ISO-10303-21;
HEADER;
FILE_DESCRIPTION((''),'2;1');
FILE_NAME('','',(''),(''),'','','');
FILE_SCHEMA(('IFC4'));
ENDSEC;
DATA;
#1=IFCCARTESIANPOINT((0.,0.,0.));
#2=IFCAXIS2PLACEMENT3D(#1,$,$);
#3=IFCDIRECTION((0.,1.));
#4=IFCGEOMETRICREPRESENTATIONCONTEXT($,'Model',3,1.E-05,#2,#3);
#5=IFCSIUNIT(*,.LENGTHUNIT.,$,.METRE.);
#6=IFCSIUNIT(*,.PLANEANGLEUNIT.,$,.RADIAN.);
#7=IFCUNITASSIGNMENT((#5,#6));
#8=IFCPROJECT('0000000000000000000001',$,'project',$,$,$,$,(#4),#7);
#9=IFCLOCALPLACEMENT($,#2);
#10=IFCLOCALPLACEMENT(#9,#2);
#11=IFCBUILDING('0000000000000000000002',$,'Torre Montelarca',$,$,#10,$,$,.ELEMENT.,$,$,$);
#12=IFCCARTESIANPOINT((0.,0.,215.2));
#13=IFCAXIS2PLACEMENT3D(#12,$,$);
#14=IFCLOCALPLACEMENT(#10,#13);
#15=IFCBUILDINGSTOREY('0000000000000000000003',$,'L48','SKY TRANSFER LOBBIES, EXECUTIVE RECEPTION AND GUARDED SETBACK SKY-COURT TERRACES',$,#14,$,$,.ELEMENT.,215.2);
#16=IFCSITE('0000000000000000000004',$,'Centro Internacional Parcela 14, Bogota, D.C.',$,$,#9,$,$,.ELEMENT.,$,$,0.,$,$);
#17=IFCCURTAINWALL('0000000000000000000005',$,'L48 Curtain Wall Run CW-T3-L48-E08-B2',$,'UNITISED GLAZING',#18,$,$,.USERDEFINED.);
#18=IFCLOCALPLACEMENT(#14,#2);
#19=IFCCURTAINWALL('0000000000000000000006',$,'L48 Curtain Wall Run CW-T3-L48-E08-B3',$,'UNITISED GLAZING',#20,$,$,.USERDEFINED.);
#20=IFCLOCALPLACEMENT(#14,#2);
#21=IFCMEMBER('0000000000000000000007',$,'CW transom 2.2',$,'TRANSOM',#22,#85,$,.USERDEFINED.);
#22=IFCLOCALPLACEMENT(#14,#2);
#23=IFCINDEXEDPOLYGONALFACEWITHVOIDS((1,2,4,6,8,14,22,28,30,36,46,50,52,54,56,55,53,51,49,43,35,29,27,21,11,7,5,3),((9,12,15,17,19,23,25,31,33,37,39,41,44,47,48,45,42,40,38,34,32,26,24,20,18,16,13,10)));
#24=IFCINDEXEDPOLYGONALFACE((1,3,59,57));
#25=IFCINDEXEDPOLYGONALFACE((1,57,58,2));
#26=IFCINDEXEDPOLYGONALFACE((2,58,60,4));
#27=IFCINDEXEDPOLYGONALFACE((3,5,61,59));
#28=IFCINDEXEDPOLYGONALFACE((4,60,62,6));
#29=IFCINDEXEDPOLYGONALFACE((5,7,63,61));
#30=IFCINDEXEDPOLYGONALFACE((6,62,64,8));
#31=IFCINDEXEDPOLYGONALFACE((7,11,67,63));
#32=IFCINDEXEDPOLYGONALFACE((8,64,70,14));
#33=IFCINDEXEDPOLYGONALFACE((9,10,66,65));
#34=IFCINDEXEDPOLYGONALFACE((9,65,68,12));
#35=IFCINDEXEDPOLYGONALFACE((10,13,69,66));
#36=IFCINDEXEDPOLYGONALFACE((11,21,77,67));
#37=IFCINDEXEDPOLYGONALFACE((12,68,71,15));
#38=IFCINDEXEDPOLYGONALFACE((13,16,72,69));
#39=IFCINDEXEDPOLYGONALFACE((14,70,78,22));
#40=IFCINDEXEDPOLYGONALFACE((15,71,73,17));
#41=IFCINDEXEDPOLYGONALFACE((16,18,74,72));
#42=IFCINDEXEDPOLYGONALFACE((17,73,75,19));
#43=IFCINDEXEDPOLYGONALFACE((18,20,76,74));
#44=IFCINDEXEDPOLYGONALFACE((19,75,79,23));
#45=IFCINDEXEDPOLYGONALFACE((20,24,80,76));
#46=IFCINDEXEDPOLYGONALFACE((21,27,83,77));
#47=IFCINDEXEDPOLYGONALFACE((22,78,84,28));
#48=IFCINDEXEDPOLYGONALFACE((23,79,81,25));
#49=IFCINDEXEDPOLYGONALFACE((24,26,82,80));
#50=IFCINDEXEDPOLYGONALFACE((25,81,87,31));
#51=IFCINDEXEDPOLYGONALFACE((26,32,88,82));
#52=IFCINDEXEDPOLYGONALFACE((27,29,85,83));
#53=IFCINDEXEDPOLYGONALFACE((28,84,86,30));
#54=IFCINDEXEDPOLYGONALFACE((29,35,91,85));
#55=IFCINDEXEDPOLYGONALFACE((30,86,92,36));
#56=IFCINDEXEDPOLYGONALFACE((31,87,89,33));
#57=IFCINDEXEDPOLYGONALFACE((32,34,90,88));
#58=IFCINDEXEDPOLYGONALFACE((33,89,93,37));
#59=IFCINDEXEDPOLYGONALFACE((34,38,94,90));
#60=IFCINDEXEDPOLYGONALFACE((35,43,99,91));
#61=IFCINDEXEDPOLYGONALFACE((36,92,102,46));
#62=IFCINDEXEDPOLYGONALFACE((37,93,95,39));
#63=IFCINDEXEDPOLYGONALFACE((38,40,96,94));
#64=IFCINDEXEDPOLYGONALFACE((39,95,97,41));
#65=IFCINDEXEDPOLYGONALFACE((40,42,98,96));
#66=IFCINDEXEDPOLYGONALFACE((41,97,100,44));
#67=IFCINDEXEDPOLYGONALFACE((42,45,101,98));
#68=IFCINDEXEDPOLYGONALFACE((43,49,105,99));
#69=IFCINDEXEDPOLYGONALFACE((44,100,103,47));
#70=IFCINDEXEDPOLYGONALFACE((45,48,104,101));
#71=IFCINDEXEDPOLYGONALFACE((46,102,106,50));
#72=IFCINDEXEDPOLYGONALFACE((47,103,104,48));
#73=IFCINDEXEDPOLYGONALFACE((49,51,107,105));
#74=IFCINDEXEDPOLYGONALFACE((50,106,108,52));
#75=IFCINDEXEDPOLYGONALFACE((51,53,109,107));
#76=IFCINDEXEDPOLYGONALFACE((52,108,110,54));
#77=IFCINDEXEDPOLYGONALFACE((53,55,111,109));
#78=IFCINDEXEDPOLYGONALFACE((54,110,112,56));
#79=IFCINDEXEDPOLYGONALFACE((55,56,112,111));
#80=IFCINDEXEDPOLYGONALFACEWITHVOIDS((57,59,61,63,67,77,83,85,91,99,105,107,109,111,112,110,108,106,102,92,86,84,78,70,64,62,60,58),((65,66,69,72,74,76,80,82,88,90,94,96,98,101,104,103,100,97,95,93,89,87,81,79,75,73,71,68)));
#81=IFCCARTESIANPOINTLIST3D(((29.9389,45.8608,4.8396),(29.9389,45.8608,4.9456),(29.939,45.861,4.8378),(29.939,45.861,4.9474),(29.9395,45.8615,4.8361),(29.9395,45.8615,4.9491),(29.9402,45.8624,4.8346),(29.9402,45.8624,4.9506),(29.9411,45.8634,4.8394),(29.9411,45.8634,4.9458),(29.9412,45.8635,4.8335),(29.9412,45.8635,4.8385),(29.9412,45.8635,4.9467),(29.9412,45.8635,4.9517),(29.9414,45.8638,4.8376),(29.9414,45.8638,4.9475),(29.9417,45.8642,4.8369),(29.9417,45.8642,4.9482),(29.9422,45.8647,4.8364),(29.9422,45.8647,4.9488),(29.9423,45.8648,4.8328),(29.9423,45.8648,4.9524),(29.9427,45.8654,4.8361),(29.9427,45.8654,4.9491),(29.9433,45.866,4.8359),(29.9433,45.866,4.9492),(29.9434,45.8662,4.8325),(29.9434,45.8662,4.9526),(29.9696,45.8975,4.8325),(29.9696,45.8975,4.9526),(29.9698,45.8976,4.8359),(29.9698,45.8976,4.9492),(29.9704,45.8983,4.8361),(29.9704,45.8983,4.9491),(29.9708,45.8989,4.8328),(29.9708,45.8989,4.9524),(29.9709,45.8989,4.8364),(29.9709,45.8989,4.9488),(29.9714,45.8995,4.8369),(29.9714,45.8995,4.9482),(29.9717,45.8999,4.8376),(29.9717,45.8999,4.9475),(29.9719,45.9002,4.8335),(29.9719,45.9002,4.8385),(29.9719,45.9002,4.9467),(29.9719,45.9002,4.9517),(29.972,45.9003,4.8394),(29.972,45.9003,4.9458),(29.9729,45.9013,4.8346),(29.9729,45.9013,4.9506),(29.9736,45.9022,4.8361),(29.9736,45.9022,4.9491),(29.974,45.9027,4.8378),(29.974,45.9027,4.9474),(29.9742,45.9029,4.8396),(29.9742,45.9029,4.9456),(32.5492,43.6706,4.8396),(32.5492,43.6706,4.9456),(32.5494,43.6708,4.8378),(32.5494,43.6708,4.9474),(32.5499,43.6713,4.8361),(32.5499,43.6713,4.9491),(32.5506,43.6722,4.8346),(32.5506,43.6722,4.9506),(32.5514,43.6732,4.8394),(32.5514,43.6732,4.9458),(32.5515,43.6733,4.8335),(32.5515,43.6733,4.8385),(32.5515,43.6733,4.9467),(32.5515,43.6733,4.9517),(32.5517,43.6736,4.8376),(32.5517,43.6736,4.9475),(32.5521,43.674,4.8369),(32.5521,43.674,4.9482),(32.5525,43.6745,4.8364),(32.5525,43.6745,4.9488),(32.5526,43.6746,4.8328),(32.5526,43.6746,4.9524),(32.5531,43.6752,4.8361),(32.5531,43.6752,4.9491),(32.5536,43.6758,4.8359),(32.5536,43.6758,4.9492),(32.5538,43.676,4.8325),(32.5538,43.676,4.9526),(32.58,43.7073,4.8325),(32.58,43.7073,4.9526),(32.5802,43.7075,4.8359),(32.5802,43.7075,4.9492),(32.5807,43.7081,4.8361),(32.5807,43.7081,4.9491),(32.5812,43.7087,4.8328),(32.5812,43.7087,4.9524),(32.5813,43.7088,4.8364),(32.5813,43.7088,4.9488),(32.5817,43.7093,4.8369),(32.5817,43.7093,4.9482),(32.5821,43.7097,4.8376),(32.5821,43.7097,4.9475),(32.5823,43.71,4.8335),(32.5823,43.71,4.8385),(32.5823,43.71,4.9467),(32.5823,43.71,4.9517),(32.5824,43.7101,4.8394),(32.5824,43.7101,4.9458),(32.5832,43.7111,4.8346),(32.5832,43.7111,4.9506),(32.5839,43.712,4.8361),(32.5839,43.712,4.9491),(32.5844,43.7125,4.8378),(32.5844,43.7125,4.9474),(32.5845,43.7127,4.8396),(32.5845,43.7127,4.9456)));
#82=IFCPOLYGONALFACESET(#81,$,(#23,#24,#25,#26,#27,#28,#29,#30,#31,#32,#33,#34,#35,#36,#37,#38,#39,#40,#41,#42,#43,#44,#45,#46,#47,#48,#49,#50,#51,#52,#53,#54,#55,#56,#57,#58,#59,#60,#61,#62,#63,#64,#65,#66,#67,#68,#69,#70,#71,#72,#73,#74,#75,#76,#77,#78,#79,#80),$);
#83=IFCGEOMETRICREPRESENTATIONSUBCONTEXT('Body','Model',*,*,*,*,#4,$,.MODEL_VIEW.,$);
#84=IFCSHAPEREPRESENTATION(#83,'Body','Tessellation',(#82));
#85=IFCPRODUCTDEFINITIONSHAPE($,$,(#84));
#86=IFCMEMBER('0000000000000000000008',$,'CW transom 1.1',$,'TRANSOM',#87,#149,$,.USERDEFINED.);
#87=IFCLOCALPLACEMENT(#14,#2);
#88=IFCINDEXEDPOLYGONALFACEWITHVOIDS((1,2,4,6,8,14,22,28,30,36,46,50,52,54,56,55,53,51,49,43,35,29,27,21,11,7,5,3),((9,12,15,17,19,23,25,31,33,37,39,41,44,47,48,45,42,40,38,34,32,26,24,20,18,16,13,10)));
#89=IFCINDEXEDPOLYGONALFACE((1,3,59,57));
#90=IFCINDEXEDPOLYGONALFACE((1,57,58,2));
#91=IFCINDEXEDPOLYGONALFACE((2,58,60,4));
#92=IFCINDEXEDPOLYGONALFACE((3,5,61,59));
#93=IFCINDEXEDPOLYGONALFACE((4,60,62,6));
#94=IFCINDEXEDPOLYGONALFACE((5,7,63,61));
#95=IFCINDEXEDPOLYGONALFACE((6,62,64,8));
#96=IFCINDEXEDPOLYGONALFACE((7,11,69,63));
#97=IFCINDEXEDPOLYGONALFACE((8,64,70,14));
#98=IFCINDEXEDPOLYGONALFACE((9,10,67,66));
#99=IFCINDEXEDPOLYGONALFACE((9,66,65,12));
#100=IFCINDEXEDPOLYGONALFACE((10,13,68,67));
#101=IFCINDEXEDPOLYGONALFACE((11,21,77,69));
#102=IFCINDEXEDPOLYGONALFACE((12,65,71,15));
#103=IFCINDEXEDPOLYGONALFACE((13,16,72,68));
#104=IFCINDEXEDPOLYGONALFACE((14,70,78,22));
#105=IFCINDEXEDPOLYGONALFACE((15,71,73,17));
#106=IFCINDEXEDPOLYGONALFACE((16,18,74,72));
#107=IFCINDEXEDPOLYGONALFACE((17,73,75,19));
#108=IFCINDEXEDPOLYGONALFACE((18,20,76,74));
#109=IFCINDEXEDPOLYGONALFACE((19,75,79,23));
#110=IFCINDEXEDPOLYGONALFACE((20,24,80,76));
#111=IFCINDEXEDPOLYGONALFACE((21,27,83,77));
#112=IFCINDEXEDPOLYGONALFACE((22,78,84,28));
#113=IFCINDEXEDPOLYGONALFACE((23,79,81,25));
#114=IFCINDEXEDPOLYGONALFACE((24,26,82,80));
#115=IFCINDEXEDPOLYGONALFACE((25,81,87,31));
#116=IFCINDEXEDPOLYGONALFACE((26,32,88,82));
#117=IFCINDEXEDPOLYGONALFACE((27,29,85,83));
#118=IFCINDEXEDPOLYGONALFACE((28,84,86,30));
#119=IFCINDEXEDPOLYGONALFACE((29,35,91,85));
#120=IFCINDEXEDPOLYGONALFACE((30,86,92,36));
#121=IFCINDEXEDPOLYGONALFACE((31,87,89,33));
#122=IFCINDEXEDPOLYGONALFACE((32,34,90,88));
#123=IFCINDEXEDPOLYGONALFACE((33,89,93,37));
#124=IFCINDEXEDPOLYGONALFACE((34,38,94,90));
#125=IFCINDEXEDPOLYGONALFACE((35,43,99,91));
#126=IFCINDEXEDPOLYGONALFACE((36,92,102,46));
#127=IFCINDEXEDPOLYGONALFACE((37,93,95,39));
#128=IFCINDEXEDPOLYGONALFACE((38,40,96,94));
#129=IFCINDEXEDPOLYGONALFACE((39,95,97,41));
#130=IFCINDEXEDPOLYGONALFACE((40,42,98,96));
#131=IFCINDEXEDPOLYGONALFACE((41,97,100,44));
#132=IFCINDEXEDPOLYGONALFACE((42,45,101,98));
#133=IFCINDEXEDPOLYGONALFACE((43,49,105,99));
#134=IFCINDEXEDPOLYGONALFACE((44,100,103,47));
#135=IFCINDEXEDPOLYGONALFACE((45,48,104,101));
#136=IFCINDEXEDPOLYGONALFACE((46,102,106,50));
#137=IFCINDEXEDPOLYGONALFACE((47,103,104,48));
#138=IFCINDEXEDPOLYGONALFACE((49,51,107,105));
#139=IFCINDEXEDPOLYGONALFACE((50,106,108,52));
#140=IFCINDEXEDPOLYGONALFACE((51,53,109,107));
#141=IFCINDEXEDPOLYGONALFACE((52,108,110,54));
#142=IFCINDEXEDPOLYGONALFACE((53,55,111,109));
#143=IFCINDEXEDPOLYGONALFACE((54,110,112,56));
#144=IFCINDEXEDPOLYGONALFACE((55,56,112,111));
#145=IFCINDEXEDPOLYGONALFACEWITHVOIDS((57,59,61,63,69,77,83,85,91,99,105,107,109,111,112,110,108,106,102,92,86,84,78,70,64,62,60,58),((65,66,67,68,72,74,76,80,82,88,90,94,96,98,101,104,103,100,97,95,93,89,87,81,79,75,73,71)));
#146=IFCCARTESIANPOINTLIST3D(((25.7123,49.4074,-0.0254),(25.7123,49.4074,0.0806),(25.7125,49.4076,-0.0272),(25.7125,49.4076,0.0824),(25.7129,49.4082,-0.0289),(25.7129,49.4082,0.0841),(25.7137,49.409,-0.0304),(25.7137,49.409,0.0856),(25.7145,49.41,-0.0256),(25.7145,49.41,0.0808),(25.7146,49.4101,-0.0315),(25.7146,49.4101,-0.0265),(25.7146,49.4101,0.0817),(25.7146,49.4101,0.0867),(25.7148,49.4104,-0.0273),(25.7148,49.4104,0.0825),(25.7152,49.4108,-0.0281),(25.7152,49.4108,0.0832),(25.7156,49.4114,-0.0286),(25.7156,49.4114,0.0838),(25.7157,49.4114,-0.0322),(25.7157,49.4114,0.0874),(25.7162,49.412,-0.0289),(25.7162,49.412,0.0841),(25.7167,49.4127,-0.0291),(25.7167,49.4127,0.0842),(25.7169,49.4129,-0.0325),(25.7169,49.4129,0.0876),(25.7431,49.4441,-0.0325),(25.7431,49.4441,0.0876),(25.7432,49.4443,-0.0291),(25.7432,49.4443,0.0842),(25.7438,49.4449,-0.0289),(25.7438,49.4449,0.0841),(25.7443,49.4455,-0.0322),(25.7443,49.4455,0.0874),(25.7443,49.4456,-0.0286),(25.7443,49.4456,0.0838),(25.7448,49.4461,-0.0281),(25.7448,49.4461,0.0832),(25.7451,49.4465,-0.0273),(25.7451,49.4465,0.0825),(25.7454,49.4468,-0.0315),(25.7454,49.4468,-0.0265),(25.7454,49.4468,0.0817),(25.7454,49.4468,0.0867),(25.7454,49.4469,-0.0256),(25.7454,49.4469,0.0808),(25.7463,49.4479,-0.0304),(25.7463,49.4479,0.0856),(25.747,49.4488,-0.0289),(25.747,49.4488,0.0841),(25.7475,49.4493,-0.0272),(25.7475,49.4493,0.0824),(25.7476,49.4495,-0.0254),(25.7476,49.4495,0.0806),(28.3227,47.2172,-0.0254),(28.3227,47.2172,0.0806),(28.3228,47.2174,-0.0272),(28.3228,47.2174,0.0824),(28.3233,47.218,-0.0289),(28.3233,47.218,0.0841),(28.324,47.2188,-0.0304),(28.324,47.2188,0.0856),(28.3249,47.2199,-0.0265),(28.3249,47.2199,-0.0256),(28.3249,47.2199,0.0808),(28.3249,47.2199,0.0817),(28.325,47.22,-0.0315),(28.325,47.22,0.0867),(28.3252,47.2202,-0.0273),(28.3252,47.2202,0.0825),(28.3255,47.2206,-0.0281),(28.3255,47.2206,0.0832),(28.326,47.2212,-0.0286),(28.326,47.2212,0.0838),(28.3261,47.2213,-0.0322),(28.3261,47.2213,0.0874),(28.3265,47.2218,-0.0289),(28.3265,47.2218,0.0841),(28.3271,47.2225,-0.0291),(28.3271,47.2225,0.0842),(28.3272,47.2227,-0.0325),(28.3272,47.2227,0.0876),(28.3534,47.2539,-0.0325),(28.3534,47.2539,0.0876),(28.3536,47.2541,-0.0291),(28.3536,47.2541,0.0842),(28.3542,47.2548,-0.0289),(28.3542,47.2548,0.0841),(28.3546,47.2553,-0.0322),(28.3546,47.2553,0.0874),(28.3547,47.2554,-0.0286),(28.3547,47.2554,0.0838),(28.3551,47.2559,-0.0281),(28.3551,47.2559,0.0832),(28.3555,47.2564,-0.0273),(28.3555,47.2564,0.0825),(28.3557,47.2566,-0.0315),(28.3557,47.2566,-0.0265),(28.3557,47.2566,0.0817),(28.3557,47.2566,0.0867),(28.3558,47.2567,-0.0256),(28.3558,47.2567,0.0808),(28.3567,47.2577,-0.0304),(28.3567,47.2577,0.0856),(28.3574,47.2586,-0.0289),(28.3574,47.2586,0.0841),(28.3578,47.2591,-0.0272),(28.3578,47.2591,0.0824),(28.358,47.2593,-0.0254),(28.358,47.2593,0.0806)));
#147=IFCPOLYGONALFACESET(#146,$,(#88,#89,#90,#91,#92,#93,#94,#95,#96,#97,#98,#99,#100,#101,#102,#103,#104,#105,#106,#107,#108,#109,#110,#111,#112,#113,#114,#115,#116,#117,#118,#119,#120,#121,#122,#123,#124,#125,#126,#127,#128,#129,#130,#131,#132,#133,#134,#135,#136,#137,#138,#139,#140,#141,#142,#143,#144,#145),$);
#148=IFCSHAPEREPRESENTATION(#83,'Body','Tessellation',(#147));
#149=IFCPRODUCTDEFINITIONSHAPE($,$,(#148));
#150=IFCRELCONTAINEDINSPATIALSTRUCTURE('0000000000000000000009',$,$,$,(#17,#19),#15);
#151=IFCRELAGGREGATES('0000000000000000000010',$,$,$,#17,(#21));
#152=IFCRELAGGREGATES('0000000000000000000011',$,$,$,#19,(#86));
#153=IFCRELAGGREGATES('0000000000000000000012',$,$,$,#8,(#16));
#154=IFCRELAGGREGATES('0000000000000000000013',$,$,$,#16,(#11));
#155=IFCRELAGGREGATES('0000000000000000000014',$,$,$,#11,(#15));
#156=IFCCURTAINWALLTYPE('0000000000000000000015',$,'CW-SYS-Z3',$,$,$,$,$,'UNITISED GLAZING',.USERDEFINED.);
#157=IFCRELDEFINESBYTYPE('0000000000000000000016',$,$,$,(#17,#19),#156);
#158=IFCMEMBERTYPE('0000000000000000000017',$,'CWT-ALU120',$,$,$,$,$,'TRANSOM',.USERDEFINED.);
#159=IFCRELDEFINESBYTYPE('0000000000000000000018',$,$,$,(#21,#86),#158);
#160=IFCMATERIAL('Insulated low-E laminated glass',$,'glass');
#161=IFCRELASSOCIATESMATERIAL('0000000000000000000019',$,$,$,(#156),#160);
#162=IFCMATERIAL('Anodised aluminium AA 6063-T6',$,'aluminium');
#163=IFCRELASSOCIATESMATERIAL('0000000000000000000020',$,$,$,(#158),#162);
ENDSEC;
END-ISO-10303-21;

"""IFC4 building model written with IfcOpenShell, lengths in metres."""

from ifc_helpers import new_model, si_unit, direction, frame, origin, origin_2d, place, context, subcontext, project, spatial, hollow_rectangle, extrude, source, transform, mapped, material, material_profile, profile_set, type_object, element, aggregate, save


model = new_model("IFC4")

# Units and contexts
model_context = context("Model", 3, precision=1e-05, world=origin(), true_north=direction((0.0, 1.0)))
body_context = subcontext(model_context, "Body", "Model", "MODEL_VIEW")
ifc_project = project(units=[si_unit("LENGTHUNIT", "METRE"), si_unit("PLANEANGLEUNIT", "RADIAN")], contexts=[model_context])

# Site, building, storey
site_placement = place(None, origin())
site = spatial("IfcSite", under=ifc_project, at=site_placement, Name="Centro Internacional Parcela 14, Bogota, D.C.", CompositionType="ELEMENT", RefElevation=0.0)
building_placement = place(site_placement, origin())
building = spatial("IfcBuilding", under=site, at=building_placement, Name="Torre Montelarca", CompositionType="ELEMENT")
storey_placement = place(building_placement, frame((0.0, 0.0, 215.2)))
storey = spatial("IfcBuildingStorey", under=building, at=storey_placement, Name="L48", Description="SKY TRANSFER LOBBIES, EXECUTIVE RECEPTION AND GUARDED SETBACK SKY-COURT TERRACES", CompositionType="ELEMENT", Elevation=215.2)

# Shared definitions
ifc_material_1 = material(Name="Insulated low-E laminated glass", Category="glass")
curtain_wall_type = type_object("IfcCurtainWallType", Name="CW-SYS-Z3", ElementType="UNITISED GLAZING", PredefinedType="USERDEFINED", material=ifc_material_1)
ifc_material_2 = material(Name="Anodised aluminium AA 6063-T6", Category="aluminium")

# Curtain walls
curtain_wall_1_placement = place(storey_placement, origin())
curtain_wall_1 = element("IfcCurtainWall", 1, at=curtain_wall_1_placement, inside=storey, type_object=curtain_wall_type, Name="L48 Curtain Wall Run CW-T3-L48-E08-B2", ObjectType="UNITISED GLAZING", PredefinedType="USERDEFINED")
curtain_wall_2_placement = place(storey_placement, origin())
curtain_wall_2 = element("IfcCurtainWall", 2, at=curtain_wall_2_placement, inside=storey, type_object=curtain_wall_type, Name="L48 Curtain Wall Run CW-T3-L48-E08-B3", ObjectType="UNITISED GLAZING", PredefinedType="USERDEFINED")

# Members
ifc_material_profile_1 = material_profile(ifc_material_2, hollow_rectangle(XDim=0.0549, YDim=0.1201, WallThickness=0.0034, InnerFilletRadius=0.0034, OuterFilletRadius=0.0071, at=origin_2d()), Name="ALU55X120X3.5", Category="aluminium")
ifc_profile_set_1 = profile_set([ifc_material_profile_1], Name="Anodised aluminium AA 6063-T6")
member_type_1 = type_object("IfcMemberType", Name="CWT-ALU120", ElementType="TRANSOM", PredefinedType="USERDEFINED", material=ifc_profile_set_1)
shared_shape_1 = source(origin(), body_context, "Body", "SweptSolid", [
    extrude(hollow_rectangle(XDim=0.0549, YDim=0.1201, WallThickness=0.0034, InnerFilletRadius=0.0034, OuterFilletRadius=0.0071, at=origin_2d()), origin(), (0.0, 0.0, 1.0), 3.4075),
])
member_1_placement = place(storey_placement, frame((32.5669, 43.6917, 4.8926), z_axis=(-0.766067, 0.64276, 0.0), x_axis=(-0.64276, -0.766067, 0.0)))
member_1 = element("IfcMember", 3, at=member_1_placement, type_object=member_type_1, Name="CW transom 2.2", ObjectType="TRANSOM", PredefinedType="USERDEFINED", context=body_context, shape_type="MappedRepresentation", body=[
    mapped(shared_shape_1, transform((0.0, 0.0, 0.0), scale=1.0)),
])
member_2_placement = place(storey_placement, frame((28.3403, 47.2383, 0.0276), z_axis=(-0.766067, 0.64276, 0.0), x_axis=(-0.64276, -0.766067, 0.0)))
member_2 = element("IfcMember", 4, at=member_2_placement, type_object=member_type_1, Name="CW transom 1.1", ObjectType="TRANSOM", PredefinedType="USERDEFINED", context=body_context, shape_type="MappedRepresentation", body=[
    mapped(shared_shape_1, transform((0.0, 0.0, 0.0), scale=1.0)),
])

aggregate(curtain_wall_1, [member_1])
aggregate(curtain_wall_2, [member_2])

save(model, "model.ifc")
